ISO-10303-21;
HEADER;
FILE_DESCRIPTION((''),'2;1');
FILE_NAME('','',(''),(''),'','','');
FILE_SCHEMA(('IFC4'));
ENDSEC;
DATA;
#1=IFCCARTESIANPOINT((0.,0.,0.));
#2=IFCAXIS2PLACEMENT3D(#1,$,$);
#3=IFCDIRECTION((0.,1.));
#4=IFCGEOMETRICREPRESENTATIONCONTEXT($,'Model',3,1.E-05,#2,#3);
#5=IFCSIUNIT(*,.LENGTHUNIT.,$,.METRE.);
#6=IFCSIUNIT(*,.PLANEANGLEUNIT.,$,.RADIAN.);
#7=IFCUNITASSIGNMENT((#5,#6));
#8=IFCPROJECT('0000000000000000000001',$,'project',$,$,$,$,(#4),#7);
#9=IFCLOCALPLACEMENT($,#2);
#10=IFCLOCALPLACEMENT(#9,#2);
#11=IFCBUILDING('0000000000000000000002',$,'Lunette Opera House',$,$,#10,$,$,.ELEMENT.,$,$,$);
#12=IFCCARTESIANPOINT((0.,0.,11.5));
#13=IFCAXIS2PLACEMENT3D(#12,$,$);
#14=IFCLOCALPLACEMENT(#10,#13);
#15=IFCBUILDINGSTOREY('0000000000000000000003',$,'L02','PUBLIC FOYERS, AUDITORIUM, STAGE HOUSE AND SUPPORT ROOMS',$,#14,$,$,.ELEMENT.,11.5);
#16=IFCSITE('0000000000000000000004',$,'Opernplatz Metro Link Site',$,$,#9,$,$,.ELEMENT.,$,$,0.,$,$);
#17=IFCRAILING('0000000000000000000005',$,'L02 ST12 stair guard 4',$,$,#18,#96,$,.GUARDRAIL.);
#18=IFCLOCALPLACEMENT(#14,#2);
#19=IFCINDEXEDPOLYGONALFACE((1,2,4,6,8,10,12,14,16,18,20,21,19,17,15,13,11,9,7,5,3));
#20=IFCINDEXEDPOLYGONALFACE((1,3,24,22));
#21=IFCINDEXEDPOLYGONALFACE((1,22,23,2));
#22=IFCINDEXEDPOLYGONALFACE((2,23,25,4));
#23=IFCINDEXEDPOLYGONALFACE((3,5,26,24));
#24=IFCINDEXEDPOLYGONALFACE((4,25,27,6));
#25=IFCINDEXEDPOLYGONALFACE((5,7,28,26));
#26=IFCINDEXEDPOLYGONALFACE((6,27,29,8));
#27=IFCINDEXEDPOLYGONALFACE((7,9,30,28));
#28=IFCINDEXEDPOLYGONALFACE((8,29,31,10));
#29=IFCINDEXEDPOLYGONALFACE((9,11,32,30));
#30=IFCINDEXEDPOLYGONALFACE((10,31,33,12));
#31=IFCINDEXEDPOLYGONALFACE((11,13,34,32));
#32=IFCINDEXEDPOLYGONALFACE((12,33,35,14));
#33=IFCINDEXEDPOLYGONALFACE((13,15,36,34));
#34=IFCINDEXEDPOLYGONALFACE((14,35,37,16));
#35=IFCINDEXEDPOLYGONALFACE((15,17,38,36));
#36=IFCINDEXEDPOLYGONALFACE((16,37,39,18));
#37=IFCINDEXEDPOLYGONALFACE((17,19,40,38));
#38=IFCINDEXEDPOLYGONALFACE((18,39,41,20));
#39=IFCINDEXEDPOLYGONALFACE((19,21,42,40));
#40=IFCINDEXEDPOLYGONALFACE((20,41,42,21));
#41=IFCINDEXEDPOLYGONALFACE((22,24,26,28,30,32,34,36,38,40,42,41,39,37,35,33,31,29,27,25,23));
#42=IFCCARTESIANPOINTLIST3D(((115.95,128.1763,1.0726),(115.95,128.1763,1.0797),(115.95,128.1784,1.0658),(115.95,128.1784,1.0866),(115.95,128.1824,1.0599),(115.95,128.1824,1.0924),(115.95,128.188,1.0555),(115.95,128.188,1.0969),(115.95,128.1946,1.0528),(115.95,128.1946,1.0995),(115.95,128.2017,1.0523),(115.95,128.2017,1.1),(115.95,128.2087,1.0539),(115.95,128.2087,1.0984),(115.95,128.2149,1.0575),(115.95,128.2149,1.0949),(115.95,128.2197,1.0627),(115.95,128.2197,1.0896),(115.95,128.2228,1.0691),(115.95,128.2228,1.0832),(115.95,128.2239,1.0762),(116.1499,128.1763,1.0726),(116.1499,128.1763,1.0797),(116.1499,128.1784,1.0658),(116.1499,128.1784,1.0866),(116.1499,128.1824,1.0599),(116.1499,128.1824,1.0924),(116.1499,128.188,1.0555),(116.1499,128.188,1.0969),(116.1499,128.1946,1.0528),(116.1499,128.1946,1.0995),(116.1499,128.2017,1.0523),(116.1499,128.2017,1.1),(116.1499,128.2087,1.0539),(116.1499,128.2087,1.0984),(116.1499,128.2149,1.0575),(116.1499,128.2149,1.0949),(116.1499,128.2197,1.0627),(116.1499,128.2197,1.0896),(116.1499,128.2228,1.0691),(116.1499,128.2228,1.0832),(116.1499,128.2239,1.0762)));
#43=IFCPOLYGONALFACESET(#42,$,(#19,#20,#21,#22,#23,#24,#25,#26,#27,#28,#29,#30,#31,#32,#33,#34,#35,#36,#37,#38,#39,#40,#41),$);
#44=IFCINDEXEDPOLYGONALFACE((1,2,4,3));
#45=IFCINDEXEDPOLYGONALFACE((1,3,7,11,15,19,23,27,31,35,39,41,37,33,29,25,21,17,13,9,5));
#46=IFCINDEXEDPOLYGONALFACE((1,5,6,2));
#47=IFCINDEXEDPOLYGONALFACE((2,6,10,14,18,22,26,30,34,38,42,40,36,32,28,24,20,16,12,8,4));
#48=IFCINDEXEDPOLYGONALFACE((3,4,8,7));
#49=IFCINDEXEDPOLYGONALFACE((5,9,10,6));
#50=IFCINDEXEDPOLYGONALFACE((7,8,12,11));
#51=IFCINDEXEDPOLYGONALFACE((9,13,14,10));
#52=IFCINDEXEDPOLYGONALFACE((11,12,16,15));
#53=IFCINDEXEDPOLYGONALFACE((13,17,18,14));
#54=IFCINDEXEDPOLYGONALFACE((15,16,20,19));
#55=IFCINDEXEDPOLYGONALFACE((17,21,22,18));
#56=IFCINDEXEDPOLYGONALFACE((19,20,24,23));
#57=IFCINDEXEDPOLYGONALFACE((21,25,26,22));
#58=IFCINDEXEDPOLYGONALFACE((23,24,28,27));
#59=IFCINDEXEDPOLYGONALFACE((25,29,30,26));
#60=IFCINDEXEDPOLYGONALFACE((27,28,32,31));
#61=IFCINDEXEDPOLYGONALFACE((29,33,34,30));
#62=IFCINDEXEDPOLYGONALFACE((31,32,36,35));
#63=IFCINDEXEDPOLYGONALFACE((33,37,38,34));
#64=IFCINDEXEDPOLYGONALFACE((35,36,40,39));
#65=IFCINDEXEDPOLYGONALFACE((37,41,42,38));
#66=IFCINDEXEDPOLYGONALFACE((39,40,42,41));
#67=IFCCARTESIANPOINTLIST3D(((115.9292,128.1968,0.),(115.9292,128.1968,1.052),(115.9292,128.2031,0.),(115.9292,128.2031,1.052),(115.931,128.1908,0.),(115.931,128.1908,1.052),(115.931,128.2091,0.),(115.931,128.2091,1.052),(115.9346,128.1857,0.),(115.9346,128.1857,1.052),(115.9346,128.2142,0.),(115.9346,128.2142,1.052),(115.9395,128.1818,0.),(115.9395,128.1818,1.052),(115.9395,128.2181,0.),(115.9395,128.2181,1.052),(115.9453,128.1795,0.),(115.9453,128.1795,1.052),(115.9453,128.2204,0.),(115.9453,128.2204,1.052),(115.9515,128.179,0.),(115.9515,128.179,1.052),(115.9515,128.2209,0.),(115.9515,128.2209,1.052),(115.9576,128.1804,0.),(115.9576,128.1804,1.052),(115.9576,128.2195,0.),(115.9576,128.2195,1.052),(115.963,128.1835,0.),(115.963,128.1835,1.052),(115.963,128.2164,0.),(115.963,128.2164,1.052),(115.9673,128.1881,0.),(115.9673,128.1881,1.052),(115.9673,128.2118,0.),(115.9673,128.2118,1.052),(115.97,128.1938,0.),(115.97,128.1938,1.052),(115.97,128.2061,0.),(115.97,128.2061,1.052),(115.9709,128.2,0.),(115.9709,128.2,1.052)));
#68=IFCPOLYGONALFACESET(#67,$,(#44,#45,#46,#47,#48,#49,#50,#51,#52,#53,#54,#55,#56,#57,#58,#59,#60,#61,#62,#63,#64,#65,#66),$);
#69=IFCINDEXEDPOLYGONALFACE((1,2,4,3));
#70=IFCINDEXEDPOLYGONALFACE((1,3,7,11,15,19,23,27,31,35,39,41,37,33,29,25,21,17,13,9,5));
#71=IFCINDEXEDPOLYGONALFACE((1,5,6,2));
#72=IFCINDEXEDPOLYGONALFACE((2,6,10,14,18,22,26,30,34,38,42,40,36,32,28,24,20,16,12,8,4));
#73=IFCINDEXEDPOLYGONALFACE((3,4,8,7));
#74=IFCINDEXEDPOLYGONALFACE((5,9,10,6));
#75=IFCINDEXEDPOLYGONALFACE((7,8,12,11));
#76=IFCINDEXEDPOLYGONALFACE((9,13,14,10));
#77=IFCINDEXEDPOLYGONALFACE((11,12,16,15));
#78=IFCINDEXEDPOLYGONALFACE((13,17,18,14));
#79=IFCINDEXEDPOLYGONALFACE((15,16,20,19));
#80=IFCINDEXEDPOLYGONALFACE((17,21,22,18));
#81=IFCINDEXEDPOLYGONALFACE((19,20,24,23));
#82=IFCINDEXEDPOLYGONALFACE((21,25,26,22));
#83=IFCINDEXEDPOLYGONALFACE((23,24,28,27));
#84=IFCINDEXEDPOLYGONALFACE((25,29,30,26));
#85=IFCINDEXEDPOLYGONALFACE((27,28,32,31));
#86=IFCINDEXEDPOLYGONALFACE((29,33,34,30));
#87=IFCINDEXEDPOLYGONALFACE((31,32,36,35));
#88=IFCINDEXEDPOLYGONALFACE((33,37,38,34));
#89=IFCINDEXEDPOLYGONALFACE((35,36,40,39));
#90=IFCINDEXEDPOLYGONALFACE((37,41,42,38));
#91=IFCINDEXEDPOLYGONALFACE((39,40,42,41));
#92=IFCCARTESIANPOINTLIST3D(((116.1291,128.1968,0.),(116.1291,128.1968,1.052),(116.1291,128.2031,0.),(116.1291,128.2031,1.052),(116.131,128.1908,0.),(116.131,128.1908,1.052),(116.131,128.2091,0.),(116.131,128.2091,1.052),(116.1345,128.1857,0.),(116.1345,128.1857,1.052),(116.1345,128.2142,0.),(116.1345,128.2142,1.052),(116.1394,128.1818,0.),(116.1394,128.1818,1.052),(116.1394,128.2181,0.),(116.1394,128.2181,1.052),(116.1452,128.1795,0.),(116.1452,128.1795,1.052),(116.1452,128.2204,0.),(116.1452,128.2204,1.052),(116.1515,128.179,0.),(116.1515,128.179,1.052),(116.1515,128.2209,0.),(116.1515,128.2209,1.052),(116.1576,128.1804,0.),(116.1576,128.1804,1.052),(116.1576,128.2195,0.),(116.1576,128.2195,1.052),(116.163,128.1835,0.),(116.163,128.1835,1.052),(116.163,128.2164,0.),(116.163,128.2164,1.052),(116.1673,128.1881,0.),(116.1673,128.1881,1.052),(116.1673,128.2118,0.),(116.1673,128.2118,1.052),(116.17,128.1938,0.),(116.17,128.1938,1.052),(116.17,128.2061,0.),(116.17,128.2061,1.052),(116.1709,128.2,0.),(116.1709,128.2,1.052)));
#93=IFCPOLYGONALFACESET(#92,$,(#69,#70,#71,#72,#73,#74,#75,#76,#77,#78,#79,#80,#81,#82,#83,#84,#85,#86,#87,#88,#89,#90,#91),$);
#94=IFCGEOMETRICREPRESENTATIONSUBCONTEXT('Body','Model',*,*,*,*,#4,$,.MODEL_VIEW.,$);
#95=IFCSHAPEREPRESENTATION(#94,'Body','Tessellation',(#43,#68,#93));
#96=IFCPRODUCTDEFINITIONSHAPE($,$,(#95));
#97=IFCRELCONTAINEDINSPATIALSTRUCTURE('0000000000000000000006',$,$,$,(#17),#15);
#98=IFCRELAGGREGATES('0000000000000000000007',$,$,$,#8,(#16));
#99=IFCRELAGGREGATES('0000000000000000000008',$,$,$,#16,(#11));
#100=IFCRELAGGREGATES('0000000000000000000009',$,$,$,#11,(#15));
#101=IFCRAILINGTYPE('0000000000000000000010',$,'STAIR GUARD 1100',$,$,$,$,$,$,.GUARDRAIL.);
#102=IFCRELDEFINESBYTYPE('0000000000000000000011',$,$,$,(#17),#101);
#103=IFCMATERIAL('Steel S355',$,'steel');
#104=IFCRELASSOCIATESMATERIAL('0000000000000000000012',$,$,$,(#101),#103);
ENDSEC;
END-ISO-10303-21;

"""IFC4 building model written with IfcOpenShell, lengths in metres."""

from ifc_helpers import new_model, si_unit, direction, frame, origin, origin_2d, place, context, subcontext, project, spatial, circle, extrude, material, type_object, element, save


model = new_model("IFC4")

# Units and contexts
model_context = context("Model", 3, precision=1e-05, world=origin(), true_north=direction((0.0, 1.0)))
body_context = subcontext(model_context, "Body", "Model", "MODEL_VIEW")
ifc_project = project(units=[si_unit("LENGTHUNIT", "METRE"), si_unit("PLANEANGLEUNIT", "RADIAN")], contexts=[model_context])

# Site, building, storey
site_placement = place(None, origin())
site = spatial("IfcSite", under=ifc_project, at=site_placement, Name="Opernplatz Metro Link Site", CompositionType="ELEMENT", RefElevation=0.0)
building_placement = place(site_placement, origin())
building = spatial("IfcBuilding", under=site, at=building_placement, Name="Lunette Opera House", CompositionType="ELEMENT")
storey_placement = place(building_placement, frame((0.0, 0.0, 11.5)))
storey = spatial("IfcBuildingStorey", under=building, at=storey_placement, Name="L02", Description="PUBLIC FOYERS, AUDITORIUM, STAGE HOUSE AND SUPPORT ROOMS", CompositionType="ELEMENT", Elevation=11.5)

# Railing
ifc_material_1 = material(Name="Steel S355", Category="steel")
railing_type_1 = type_object("IfcRailingType", Name="STAIR GUARD 1100", PredefinedType="GUARDRAIL", material=ifc_material_1)
railing_1_placement = place(storey_placement, frame((115.95, 128.2, 0.0)))
element("IfcRailing", 1, at=railing_1_placement, inside=storey, type_object=railing_type_1, Name="L02 ST12 stair guard 4", PredefinedType="GUARDRAIL", context=body_context, shape_type="SweptSolid", body=[
    extrude(circle(Radius=0.0239, at=origin_2d()), frame((0.0, 0.0, 1.0762), z_axis=(1.0, 0.0, 0.0), x_axis=(0.0, 1.0, 0.0)), (0.0, 0.0, 1.0), 0.2),
    extrude(circle(Radius=0.021, at=origin_2d()), origin(), (0.0, 0.0, 1.0), 1.052),
    extrude(circle(Radius=0.021, at=origin_2d()), frame((0.2, 0.0, 0.0)), (0.0, 0.0, 1.0), 1.052),
])

save(model, "model.ifc")
